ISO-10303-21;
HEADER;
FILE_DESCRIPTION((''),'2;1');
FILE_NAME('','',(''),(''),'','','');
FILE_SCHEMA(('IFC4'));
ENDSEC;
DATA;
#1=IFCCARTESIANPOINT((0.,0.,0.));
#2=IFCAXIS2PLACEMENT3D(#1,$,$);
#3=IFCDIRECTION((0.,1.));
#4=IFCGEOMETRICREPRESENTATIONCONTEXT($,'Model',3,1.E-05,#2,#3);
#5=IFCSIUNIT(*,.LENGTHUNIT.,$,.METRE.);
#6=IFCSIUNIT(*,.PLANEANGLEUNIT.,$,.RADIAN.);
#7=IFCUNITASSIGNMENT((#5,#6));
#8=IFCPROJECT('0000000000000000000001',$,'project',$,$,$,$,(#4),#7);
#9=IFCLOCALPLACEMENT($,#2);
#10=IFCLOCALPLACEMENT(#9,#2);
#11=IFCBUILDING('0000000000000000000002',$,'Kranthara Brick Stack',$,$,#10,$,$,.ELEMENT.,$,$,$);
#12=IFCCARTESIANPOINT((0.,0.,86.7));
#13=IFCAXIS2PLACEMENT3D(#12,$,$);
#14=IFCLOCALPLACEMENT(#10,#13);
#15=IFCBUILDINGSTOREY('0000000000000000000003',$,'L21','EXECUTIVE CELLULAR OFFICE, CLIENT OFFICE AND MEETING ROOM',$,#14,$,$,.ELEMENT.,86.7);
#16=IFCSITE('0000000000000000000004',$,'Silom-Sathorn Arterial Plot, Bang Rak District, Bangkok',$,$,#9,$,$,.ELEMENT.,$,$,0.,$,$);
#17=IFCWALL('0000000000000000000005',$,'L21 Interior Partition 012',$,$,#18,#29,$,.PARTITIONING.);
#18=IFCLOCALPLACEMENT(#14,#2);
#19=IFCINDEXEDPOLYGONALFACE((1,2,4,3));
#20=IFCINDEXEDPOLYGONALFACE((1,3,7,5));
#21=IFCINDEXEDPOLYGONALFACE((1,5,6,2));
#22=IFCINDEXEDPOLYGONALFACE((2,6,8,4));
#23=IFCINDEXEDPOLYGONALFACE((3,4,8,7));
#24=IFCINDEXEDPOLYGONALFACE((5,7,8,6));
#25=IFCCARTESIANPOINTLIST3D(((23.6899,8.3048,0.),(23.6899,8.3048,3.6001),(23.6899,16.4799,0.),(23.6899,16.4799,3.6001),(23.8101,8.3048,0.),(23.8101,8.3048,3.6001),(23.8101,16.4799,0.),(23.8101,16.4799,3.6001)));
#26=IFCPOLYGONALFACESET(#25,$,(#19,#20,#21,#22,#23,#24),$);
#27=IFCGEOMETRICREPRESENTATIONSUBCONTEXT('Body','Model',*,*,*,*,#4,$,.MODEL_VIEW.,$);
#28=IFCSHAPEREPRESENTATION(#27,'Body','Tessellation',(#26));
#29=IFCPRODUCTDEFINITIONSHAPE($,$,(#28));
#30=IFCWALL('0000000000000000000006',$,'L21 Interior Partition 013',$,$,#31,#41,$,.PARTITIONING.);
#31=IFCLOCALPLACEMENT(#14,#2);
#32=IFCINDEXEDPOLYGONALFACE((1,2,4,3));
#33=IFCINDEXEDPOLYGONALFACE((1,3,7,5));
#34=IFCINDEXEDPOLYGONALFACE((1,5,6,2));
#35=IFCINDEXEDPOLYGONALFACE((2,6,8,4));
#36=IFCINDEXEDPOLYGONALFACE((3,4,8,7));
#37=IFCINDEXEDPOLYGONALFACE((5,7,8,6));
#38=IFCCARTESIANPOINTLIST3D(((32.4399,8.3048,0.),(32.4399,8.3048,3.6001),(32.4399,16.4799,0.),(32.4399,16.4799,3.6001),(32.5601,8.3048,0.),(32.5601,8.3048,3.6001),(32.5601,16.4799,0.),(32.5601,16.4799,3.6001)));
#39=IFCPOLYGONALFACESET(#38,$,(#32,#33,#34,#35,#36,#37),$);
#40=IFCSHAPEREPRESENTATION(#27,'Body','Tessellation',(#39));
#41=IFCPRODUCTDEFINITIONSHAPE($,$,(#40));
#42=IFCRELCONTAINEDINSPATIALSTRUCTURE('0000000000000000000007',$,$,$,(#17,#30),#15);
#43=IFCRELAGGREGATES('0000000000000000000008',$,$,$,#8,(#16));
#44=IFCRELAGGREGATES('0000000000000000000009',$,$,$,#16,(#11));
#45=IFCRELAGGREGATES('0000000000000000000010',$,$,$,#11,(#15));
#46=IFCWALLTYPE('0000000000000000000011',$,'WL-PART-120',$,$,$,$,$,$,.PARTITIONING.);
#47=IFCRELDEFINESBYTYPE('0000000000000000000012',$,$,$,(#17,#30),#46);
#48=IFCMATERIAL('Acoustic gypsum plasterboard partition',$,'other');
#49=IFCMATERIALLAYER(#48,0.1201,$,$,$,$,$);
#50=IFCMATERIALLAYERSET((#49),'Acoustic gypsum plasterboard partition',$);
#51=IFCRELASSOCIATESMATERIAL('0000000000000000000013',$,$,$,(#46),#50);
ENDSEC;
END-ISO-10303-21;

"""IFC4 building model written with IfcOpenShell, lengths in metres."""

from ifc_helpers import new_model, si_unit, direction, frame, frame_2d, origin, place, context, subcontext, project, spatial, rectangle, extrude, material, layer, layer_set, type_object, element, save


model = new_model("IFC4")

# Units and contexts
model_context = context("Model", 3, precision=1e-05, world=origin(), true_north=direction((0.0, 1.0)))
body_context = subcontext(model_context, "Body", "Model", "MODEL_VIEW")
ifc_project = project(units=[si_unit("LENGTHUNIT", "METRE"), si_unit("PLANEANGLEUNIT", "RADIAN")], contexts=[model_context])

# Site, building, storey
site_placement = place(None, origin())
site = spatial("IfcSite", under=ifc_project, at=site_placement, Name="Silom-Sathorn Arterial Plot, Bang Rak District, Bangkok", CompositionType="ELEMENT", RefElevation=0.0)
building_placement = place(site_placement, origin())
building = spatial("IfcBuilding", under=site, at=building_placement, Name="Kranthara Brick Stack", CompositionType="ELEMENT")
storey_placement = place(building_placement, frame((0.0, 0.0, 86.7)))
storey = spatial("IfcBuildingStorey", under=building, at=storey_placement, Name="L21", Description="EXECUTIVE CELLULAR OFFICE, CLIENT OFFICE AND MEETING ROOM", CompositionType="ELEMENT", Elevation=86.7)

# Walls
ifc_material_1 = material(Name="Acoustic gypsum plasterboard partition", Category="other")
ifc_layer_1 = layer(ifc_material_1, 0.1201)
ifc_layer_set_1 = layer_set([ifc_layer_1], Name="Acoustic gypsum plasterboard partition")
wall_type_1 = type_object("IfcWallType", Name="WL-PART-120", PredefinedType="PARTITIONING", material=ifc_layer_set_1)
for number, where, z_axis, x_axis, name in (
    (1, (23.75, 8.3049, 0.0), (0.0, 0.0, 1.0), (0.0, 1.0, 0.0), "L21 Interior Partition 012"),
    (2, (32.5, 8.3049, 0.0), (0.0, 0.0, 1.0), (0.0, 1.0, 0.0), "L21 Interior Partition 013"),
):
    element("IfcWall", number, at=place(storey_placement, frame(where, z_axis=z_axis, x_axis=x_axis)), inside=storey, type_object=wall_type_1, Name=name, PredefinedType="PARTITIONING", context=body_context, shape_type="SweptSolid", body=[
        extrude(rectangle(XDim=8.175, YDim=0.1201, at=frame_2d((4.0874, 0.0))), origin(), (0.0, 0.0, 1.0), 3.6001),
    ])

save(model, "model.ifc")
